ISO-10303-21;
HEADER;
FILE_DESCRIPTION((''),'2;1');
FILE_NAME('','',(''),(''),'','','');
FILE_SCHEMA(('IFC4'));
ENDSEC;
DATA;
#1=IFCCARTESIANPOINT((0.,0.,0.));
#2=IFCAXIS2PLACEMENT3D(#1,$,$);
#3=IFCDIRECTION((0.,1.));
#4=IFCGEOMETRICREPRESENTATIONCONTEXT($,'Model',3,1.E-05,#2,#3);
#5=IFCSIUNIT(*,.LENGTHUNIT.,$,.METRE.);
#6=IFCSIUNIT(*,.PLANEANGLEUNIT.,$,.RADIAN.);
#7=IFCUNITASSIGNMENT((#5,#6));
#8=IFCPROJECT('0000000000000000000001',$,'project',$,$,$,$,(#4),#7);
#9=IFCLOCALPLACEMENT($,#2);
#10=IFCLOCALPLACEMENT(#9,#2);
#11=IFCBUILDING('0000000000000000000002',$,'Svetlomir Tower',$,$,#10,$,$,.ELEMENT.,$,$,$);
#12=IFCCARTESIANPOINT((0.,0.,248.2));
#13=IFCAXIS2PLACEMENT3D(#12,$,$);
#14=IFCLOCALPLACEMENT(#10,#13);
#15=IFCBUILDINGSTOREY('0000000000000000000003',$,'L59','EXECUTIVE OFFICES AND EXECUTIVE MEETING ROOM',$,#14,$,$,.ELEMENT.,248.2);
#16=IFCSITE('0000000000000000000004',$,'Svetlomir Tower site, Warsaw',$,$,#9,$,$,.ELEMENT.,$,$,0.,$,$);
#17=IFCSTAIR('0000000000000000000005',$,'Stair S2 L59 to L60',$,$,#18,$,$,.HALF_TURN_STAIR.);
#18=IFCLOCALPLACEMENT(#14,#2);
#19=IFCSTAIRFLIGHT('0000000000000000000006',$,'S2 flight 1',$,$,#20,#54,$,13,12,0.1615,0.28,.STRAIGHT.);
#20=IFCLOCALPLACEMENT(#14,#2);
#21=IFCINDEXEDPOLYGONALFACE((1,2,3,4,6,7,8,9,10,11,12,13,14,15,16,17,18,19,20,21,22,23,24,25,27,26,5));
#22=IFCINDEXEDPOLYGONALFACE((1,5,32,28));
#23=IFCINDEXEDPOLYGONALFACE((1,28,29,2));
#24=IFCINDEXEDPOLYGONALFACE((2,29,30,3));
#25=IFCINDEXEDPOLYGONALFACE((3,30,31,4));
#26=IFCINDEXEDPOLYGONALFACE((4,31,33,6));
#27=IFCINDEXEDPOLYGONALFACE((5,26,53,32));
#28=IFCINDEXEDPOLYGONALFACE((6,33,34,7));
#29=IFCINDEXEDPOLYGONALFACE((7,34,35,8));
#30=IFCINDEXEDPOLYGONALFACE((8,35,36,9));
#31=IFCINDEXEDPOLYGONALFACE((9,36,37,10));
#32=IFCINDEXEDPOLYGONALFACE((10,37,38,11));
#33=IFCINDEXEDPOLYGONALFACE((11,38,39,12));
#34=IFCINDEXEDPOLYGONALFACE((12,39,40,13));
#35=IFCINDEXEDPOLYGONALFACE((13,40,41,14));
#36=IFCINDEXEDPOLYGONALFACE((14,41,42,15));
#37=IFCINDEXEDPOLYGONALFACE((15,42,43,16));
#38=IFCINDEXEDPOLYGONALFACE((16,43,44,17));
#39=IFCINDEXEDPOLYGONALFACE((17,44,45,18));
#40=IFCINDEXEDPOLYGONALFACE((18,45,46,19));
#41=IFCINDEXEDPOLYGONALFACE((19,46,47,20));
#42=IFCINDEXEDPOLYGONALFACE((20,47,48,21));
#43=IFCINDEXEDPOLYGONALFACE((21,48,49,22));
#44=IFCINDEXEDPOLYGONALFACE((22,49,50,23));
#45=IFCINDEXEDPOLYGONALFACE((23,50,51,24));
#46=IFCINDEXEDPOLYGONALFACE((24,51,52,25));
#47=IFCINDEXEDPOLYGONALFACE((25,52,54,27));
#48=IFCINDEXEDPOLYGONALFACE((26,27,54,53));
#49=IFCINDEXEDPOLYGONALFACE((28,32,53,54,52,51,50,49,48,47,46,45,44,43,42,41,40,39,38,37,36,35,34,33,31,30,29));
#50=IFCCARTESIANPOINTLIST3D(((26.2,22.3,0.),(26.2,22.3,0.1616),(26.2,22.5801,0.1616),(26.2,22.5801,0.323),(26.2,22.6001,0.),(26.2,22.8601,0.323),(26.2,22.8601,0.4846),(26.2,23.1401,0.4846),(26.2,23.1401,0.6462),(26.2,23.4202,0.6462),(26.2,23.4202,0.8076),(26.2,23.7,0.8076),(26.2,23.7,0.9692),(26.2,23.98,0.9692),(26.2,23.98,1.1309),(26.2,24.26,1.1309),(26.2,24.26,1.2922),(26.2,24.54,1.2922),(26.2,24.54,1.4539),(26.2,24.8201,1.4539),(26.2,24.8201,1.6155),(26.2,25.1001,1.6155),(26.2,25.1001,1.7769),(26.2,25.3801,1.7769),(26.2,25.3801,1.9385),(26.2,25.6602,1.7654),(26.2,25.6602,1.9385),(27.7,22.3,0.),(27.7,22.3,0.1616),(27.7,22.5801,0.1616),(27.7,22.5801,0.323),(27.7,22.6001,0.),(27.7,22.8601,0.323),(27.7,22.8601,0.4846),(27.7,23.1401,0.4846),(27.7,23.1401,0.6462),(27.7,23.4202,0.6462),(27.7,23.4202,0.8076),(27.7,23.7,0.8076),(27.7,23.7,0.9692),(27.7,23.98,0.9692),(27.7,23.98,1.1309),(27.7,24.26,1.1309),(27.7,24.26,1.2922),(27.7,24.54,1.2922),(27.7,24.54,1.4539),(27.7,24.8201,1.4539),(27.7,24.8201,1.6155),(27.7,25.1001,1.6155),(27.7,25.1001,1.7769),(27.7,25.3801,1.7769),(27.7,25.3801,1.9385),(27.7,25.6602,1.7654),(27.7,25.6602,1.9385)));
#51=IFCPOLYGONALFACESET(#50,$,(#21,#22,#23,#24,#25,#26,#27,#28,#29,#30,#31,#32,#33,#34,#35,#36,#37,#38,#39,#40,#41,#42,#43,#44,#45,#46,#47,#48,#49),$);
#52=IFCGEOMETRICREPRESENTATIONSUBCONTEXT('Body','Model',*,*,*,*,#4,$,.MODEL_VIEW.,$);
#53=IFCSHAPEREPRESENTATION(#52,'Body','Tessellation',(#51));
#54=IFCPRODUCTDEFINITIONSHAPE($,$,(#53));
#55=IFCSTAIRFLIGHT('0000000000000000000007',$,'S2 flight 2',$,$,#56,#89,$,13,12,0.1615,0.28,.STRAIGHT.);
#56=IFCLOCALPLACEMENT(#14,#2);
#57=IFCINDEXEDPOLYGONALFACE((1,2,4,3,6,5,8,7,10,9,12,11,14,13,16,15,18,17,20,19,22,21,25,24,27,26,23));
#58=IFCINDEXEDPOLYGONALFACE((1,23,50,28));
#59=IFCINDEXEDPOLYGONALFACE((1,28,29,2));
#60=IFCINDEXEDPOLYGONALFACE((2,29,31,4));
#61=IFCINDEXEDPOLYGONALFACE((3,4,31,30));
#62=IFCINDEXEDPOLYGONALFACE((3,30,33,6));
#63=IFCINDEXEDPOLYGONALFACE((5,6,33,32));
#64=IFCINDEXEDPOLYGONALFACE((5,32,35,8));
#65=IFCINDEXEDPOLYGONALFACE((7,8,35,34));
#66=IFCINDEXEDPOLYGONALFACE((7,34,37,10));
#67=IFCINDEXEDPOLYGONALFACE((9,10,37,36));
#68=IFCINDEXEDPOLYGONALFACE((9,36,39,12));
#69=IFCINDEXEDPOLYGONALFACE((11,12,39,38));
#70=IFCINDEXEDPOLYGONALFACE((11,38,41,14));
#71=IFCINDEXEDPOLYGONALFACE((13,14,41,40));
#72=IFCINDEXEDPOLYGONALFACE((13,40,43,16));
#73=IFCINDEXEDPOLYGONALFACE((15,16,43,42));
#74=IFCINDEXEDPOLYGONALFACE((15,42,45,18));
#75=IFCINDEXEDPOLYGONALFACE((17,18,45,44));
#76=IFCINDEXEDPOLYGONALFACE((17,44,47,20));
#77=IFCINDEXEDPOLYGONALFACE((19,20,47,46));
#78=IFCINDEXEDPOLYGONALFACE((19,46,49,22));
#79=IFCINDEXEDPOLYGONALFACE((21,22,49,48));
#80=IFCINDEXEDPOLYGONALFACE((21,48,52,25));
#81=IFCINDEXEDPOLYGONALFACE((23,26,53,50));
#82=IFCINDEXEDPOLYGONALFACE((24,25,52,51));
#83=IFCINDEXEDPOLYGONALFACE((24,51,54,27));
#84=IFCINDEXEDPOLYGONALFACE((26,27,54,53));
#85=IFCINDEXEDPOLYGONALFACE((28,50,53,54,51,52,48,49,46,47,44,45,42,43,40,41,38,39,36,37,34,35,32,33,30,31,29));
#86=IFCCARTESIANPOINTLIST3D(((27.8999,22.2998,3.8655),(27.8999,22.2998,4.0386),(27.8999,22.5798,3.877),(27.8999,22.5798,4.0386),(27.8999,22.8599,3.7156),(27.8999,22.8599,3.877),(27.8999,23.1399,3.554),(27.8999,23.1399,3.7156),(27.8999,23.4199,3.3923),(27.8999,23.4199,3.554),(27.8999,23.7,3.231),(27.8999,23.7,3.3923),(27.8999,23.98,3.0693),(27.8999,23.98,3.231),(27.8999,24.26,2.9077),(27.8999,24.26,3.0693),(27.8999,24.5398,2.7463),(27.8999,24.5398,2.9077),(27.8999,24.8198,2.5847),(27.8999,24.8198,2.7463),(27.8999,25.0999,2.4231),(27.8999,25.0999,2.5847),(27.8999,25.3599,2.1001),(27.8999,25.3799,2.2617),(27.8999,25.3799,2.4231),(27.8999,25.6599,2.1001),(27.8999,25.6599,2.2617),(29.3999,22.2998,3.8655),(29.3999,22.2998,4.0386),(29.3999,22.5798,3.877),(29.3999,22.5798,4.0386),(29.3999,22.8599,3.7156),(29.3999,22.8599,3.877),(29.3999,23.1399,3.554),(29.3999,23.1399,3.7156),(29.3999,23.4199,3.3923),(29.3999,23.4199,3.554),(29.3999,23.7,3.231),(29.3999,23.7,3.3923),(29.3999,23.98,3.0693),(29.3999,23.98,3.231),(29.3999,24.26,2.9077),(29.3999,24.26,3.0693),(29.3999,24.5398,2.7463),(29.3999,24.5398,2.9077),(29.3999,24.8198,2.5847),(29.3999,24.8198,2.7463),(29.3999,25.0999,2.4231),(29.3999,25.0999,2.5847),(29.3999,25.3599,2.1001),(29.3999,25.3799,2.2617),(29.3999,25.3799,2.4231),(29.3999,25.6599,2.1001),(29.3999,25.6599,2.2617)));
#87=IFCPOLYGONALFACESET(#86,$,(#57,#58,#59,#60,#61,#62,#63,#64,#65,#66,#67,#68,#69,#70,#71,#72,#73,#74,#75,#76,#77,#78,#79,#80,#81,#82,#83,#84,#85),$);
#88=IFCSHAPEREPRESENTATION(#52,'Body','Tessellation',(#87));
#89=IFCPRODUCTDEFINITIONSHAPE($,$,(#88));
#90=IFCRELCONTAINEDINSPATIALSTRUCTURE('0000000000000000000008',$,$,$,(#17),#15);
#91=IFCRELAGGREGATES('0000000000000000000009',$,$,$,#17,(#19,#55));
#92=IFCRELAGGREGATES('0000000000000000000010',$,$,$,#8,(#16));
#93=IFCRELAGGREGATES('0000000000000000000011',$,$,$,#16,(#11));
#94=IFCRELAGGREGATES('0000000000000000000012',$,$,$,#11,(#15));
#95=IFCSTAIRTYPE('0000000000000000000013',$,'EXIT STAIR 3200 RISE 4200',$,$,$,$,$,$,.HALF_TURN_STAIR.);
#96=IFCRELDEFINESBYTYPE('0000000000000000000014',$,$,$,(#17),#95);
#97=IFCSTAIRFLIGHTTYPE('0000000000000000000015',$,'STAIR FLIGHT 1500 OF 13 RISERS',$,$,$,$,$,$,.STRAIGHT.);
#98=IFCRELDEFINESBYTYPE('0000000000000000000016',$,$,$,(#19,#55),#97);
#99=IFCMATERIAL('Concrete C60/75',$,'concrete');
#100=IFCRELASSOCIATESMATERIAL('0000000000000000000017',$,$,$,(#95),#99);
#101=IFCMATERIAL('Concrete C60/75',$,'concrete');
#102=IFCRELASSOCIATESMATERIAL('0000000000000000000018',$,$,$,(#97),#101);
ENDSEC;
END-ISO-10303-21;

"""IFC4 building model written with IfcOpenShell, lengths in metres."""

from ifc_helpers import new_model, si_unit, direction, frame, origin, place, context, subcontext, project, spatial, polyline, outline, extrude, material, type_object, element, aggregate, save


model = new_model("IFC4")

# Units and contexts
model_context = context("Model", 3, precision=1e-05, world=origin(), true_north=direction((0.0, 1.0)))
body_context = subcontext(model_context, "Body", "Model", "MODEL_VIEW")
ifc_project = project(units=[si_unit("LENGTHUNIT", "METRE"), si_unit("PLANEANGLEUNIT", "RADIAN")], contexts=[model_context])

# Site, building, storey
site_placement = place(None, origin())
site = spatial("IfcSite", under=ifc_project, at=site_placement, Name="Svetlomir Tower site, Warsaw", CompositionType="ELEMENT", RefElevation=0.0)
building_placement = place(site_placement, origin())
building = spatial("IfcBuilding", under=site, at=building_placement, Name="Svetlomir Tower", CompositionType="ELEMENT")
storey_placement = place(building_placement, frame((0.0, 0.0, 248.2)))
storey = spatial("IfcBuildingStorey", under=building, at=storey_placement, Name="L59", Description="EXECUTIVE OFFICES AND EXECUTIVE MEETING ROOM", CompositionType="ELEMENT", Elevation=248.2)

# Stair, stair flights
ifc_material_1 = material(Name="Concrete C60/75", Category="concrete")
stair_type = type_object("IfcStairType", Name="EXIT STAIR 3200 RISE 4200", PredefinedType="HALF_TURN_STAIR", material=ifc_material_1)
stair_placement = place(storey_placement, origin())
stair = element("IfcStair", 1, at=stair_placement, inside=storey, type_object=stair_type, Name="Stair S2 L59 to L60", PredefinedType="HALF_TURN_STAIR")
ifc_material_2 = material(Name="Concrete C60/75", Category="concrete")
stair_flight_type = type_object("IfcStairFlightType", Name="STAIR FLIGHT 1500 OF 13 RISERS", PredefinedType="STRAIGHT", material=ifc_material_2)
stair_flight_1_placement = place(storey_placement, frame((26.95, 22.3, 0.0), z_axis=(0.0, 0.0, 1.0), x_axis=(0.0, 1.0, 0.0)))
stair_flight_1 = element("IfcStairFlight", 2, at=stair_flight_1_placement, type_object=stair_flight_type, Name="S2 flight 1", NumberOfRisers=13, NumberOfTreads=12, PredefinedType="STRAIGHT", RiserHeight=0.1615, TreadLength=0.28, context=body_context, shape_type="SweptSolid", body=[
    extrude(outline(polyline([(0.0, 0.0), (0.0, 0.1616), (0.28, 0.1616), (0.28, 0.323), (0.5601, 0.323), (0.5601, 0.4846), (0.8401, 0.4846), (0.8401, 0.6462), (1.1201, 0.6462), (1.1201, 0.8076), (1.3999, 0.8076), (1.3999, 0.9692), (1.6799, 0.9692), (1.6799, 1.1309), (1.96, 1.1309), (1.96, 1.2922), (2.24, 1.2922), (2.24, 1.4539), (2.52, 1.4539), (2.52, 1.6155), (2.8, 1.6155), (2.8, 1.7769), (3.0801, 1.7769), (3.0801, 1.9385), (3.3601, 1.9385), (3.3601, 2.1001), (3.3601, 1.7654), (0.3, 0.0), (0.0, 0.0)])), frame((0.0, 0.75, 0.0), z_axis=(0.0, -1.0, 0.0), x_axis=(1.0, 0.0, 0.0)), (0.0, 0.0, 1.0), 1.5),
])
stair_flight_2_placement = place(storey_placement, frame((28.6499, 25.6599, 2.1001), z_axis=(0.0, 0.0, 1.0), x_axis=(0.0, -1.0, 0.0)))
stair_flight_2 = element("IfcStairFlight", 3, at=stair_flight_2_placement, type_object=stair_flight_type, Name="S2 flight 2", NumberOfRisers=13, NumberOfTreads=12, PredefinedType="STRAIGHT", RiserHeight=0.1615, TreadLength=0.28, context=body_context, shape_type="SweptSolid", body=[
    extrude(outline(polyline([(0.0, 0.0), (0.0, 0.1616), (0.28, 0.1616), (0.28, 0.323), (0.5601, 0.323), (0.5601, 0.4846), (0.8401, 0.4846), (0.8401, 0.6462), (1.1201, 0.6462), (1.1201, 0.8076), (1.3999, 0.8076), (1.3999, 0.9692), (1.6799, 0.9692), (1.6799, 1.1309), (1.96, 1.1309), (1.96, 1.2922), (2.24, 1.2922), (2.24, 1.4539), (2.52, 1.4539), (2.52, 1.6155), (2.8, 1.6155), (2.8, 1.7769), (3.0801, 1.7769), (3.0801, 1.9385), (3.3601, 1.9385), (3.3601, 2.1001), (3.3601, 1.7654), (0.3, 0.0), (0.0, 0.0)])), frame((0.0, 0.75, 0.0), z_axis=(0.0, -1.0, 0.0), x_axis=(1.0, 0.0, 0.0)), (0.0, 0.0, 1.0), 1.5),
])
aggregate(stair, [stair_flight_1, stair_flight_2])

save(model, "model.ifc")
